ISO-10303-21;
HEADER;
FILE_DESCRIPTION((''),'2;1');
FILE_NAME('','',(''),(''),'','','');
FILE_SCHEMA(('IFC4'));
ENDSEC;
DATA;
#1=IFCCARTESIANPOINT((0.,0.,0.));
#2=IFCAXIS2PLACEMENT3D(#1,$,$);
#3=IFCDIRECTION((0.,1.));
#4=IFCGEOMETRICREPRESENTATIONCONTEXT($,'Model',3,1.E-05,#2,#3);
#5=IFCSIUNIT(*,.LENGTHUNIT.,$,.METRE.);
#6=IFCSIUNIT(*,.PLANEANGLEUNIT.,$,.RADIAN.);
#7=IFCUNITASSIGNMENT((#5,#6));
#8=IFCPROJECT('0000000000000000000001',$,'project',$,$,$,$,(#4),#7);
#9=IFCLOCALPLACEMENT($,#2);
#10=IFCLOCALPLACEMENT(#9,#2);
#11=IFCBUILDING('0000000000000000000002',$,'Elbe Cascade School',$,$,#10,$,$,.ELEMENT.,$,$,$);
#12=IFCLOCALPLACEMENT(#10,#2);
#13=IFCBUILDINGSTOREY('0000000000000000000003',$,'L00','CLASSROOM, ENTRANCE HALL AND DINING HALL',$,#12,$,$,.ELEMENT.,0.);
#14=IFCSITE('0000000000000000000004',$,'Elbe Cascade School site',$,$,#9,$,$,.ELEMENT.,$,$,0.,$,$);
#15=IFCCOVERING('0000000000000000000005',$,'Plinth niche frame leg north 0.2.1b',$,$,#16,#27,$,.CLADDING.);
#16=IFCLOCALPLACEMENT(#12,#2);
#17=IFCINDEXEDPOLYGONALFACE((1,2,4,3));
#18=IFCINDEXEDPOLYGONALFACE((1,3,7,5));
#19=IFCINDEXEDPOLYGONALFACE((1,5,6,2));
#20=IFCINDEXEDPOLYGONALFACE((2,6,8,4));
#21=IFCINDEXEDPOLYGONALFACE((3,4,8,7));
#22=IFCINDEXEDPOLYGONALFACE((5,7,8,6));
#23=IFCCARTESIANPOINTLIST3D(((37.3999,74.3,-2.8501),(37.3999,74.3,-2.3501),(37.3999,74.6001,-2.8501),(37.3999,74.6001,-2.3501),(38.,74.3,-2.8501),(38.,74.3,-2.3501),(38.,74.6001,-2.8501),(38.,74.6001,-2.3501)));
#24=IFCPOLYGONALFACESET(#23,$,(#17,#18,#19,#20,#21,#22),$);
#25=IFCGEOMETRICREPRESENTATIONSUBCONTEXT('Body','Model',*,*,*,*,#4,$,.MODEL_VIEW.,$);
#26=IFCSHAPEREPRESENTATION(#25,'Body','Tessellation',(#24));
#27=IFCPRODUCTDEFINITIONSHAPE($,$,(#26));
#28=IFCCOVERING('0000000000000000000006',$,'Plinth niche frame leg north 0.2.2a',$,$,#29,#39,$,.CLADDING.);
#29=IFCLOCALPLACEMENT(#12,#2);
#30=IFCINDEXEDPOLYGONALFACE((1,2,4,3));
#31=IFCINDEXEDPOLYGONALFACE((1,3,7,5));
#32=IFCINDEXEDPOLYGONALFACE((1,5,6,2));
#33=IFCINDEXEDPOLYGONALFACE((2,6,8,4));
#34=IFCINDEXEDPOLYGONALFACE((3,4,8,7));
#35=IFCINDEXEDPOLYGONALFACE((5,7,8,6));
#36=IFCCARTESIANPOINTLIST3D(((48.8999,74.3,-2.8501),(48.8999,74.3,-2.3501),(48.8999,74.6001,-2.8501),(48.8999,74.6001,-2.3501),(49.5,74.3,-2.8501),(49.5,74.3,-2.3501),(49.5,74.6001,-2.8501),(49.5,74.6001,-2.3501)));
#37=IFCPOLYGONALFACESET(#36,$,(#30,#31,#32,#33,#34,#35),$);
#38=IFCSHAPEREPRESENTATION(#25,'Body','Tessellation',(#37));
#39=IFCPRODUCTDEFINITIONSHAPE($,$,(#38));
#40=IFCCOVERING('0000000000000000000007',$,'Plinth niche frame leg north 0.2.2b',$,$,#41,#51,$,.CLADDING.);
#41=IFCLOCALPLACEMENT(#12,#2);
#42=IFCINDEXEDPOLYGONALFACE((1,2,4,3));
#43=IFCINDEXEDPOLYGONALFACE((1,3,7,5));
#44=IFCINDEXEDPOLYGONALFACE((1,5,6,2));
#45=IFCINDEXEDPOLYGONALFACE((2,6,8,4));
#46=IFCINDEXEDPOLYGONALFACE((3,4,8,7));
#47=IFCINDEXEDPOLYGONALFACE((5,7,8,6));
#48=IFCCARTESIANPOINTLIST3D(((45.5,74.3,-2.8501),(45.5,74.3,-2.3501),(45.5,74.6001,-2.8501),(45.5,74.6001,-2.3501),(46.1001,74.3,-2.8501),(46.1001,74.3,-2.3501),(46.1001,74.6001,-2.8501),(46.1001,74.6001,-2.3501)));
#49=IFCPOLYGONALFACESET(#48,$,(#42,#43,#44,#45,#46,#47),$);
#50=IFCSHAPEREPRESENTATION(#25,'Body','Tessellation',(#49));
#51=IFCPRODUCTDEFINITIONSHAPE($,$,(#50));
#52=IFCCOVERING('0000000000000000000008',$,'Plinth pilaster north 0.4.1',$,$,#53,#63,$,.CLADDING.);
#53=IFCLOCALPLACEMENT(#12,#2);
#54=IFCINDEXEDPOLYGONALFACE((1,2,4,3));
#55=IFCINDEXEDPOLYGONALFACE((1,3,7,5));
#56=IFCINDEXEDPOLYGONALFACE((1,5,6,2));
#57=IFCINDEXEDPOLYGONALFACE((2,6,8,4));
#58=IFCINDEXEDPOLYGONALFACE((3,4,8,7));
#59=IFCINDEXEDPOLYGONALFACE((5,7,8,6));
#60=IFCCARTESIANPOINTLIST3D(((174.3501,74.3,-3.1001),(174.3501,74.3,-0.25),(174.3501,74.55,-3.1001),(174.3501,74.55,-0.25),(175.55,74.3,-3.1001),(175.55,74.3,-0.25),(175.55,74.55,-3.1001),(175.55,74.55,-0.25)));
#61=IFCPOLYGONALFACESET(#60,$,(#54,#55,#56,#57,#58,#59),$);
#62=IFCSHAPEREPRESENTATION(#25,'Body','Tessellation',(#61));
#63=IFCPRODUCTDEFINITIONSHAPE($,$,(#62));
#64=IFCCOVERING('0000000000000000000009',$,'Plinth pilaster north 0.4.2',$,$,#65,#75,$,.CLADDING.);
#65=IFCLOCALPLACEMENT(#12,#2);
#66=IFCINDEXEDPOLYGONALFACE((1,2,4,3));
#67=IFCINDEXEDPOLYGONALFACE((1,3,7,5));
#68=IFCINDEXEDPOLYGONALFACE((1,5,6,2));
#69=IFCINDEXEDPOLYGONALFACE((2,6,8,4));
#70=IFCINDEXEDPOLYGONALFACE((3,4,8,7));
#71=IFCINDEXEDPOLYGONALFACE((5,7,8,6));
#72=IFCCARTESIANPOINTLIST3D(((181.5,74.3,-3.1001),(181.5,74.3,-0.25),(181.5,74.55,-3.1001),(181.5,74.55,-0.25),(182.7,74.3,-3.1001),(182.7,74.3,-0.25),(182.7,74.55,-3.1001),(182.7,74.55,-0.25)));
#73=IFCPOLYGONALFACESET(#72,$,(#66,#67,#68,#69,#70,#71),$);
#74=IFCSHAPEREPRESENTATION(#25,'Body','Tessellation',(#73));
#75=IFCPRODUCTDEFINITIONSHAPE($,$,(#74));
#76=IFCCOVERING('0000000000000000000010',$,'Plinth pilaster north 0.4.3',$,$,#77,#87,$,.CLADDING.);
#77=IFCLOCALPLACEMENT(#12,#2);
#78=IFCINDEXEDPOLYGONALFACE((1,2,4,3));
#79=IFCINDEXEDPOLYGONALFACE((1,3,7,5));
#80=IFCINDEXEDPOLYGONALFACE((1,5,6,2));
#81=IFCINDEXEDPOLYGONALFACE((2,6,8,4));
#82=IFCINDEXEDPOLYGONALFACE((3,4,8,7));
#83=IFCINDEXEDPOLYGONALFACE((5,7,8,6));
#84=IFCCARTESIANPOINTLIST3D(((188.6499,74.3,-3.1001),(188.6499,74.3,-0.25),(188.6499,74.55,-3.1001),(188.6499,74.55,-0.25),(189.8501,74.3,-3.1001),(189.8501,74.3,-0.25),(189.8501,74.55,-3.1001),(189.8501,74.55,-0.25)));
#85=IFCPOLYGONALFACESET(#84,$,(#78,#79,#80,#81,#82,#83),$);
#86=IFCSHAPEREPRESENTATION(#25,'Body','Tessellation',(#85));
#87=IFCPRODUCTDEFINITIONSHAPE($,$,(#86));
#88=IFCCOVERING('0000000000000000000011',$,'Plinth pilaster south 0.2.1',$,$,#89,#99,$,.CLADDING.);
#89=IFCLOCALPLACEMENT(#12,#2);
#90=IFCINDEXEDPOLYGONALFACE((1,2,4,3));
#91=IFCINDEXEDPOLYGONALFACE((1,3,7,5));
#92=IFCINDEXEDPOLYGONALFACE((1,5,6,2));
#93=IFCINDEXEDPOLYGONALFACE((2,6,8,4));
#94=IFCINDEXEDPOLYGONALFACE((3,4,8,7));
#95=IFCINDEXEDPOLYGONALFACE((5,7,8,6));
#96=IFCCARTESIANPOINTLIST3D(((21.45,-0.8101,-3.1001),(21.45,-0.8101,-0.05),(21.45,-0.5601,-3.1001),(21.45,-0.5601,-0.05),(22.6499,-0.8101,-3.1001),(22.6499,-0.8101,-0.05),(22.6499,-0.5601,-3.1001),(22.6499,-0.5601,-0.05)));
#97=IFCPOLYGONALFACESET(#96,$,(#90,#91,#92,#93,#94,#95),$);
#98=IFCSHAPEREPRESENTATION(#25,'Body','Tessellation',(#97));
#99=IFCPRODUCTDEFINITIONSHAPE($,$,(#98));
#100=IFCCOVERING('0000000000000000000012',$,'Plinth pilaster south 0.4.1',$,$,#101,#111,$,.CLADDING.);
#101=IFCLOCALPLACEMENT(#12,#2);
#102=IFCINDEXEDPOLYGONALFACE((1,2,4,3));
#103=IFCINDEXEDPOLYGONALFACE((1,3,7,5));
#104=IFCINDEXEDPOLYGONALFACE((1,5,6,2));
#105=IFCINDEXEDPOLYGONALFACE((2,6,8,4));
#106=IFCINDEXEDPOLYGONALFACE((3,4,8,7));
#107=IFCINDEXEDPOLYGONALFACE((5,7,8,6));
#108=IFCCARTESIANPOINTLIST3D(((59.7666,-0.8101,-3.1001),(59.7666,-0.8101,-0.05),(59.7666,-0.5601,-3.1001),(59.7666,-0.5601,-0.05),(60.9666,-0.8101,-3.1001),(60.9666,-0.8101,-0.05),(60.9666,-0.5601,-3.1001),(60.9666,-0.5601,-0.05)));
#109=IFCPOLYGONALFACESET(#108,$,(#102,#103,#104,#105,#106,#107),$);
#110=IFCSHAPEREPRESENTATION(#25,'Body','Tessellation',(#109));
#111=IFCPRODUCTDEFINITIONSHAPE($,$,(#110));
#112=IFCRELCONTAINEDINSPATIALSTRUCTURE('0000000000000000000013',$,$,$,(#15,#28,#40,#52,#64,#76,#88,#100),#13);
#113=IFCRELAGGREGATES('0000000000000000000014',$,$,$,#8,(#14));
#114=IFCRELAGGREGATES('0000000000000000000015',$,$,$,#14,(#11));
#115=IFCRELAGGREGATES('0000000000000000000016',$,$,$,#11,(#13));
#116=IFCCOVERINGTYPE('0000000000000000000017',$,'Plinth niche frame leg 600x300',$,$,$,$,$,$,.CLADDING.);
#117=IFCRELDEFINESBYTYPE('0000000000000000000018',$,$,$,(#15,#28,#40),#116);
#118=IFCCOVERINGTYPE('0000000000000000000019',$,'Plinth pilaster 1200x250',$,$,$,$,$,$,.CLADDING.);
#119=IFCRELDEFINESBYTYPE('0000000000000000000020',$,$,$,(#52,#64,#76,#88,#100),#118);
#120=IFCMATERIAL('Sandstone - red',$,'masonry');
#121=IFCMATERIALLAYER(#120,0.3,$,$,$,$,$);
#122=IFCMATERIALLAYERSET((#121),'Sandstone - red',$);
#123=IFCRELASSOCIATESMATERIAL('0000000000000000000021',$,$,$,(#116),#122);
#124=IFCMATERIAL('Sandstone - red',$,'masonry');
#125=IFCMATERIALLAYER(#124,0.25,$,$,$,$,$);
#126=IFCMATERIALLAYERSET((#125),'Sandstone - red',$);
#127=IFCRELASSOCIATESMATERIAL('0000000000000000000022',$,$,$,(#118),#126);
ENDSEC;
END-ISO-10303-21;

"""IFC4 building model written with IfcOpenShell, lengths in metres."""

from ifc_helpers import new_model, si_unit, direction, frame, origin, place, context, subcontext, project, spatial, polyline, outline, extrude, material, layer, layer_set, type_object, element, save


model = new_model("IFC4")

# Units and contexts
model_context = context("Model", 3, precision=1e-05, world=origin(), true_north=direction((0.0, 1.0)))
body_context = subcontext(model_context, "Body", "Model", "MODEL_VIEW")
ifc_project = project(units=[si_unit("LENGTHUNIT", "METRE"), si_unit("PLANEANGLEUNIT", "RADIAN")], contexts=[model_context])

# Site, building, storey
site_placement = place(None, origin())
site = spatial("IfcSite", under=ifc_project, at=site_placement, Name="Elbe Cascade School site", CompositionType="ELEMENT", RefElevation=0.0)
building_placement = place(site_placement, origin())
building = spatial("IfcBuilding", under=site, at=building_placement, Name="Elbe Cascade School", CompositionType="ELEMENT")
storey_placement = place(building_placement, origin())
storey = spatial("IfcBuildingStorey", under=building, at=storey_placement, Name="L00", Description="CLASSROOM, ENTRANCE HALL AND DINING HALL", CompositionType="ELEMENT", Elevation=0.0)

# Coverings
ifc_material_1 = material(Name="Sandstone - red", Category="masonry")
ifc_layer_1 = layer(ifc_material_1, 0.3)
ifc_layer_set_1 = layer_set([ifc_layer_1], Name="Sandstone - red")
covering_type_1 = type_object("IfcCoveringType", Name="Plinth niche frame leg 600x300", PredefinedType="CLADDING", material=ifc_layer_set_1)
covering_1_placement = place(storey_placement, frame((0.0, 0.0, -2.8501)))
element("IfcCovering", 1, at=covering_1_placement, inside=storey, type_object=covering_type_1, Name="Plinth niche frame leg north 0.2.1b", PredefinedType="CLADDING", context=body_context, shape_type="SweptSolid", body=[
    extrude(outline(polyline([(37.3999, 74.3), (38.0, 74.3), (38.0, 74.6001), (37.3999, 74.6001), (37.3999, 74.3)])), origin(), (0.0, 0.0, 1.0), 0.5),
])
covering_2_placement = place(storey_placement, frame((0.0, 0.0, -2.8501)))
element("IfcCovering", 2, at=covering_2_placement, inside=storey, type_object=covering_type_1, Name="Plinth niche frame leg north 0.2.2a", PredefinedType="CLADDING", context=body_context, shape_type="SweptSolid", body=[
    extrude(outline(polyline([(48.8999, 74.3), (49.5, 74.3), (49.5, 74.6001), (48.8999, 74.6001), (48.8999, 74.3)])), origin(), (0.0, 0.0, 1.0), 0.5),
])
covering_3_placement = place(storey_placement, frame((0.0, 0.0, -2.8501)))
element("IfcCovering", 3, at=covering_3_placement, inside=storey, type_object=covering_type_1, Name="Plinth niche frame leg north 0.2.2b", PredefinedType="CLADDING", context=body_context, shape_type="SweptSolid", body=[
    extrude(outline(polyline([(45.5, 74.3), (46.1001, 74.3), (46.1001, 74.6001), (45.5, 74.6001), (45.5, 74.3)])), origin(), (0.0, 0.0, 1.0), 0.5),
])
ifc_material_2 = material(Name="Sandstone - red", Category="masonry")
ifc_layer_2 = layer(ifc_material_2, 0.25)
ifc_layer_set_2 = layer_set([ifc_layer_2], Name="Sandstone - red")
covering_type_2 = type_object("IfcCoveringType", Name="Plinth pilaster 1200x250", PredefinedType="CLADDING", material=ifc_layer_set_2)
covering_4_placement = place(storey_placement, frame((0.0, 0.0, -3.1001)))
element("IfcCovering", 4, at=covering_4_placement, inside=storey, type_object=covering_type_2, Name="Plinth pilaster north 0.4.1", PredefinedType="CLADDING", context=body_context, shape_type="SweptSolid", body=[
    extrude(outline(polyline([(174.3501, 74.3), (175.55, 74.3), (175.55, 74.55), (174.3501, 74.55), (174.3501, 74.3)])), origin(), (0.0, 0.0, 1.0), 2.8501),
])
covering_5_placement = place(storey_placement, frame((0.0, 0.0, -3.1001)))
element("IfcCovering", 5, at=covering_5_placement, inside=storey, type_object=covering_type_2, Name="Plinth pilaster north 0.4.2", PredefinedType="CLADDING", context=body_context, shape_type="SweptSolid", body=[
    extrude(outline(polyline([(181.5, 74.3), (182.7, 74.3), (182.7, 74.55), (181.5, 74.55), (181.5, 74.3)])), origin(), (0.0, 0.0, 1.0), 2.8501),
])
covering_6_placement = place(storey_placement, frame((0.0, 0.0, -3.1001)))
element("IfcCovering", 6, at=covering_6_placement, inside=storey, type_object=covering_type_2, Name="Plinth pilaster north 0.4.3", PredefinedType="CLADDING", context=body_context, shape_type="SweptSolid", body=[
    extrude(outline(polyline([(188.6499, 74.3), (189.8501, 74.3), (189.8501, 74.55), (188.6499, 74.55), (188.6499, 74.3)])), origin(), (0.0, 0.0, 1.0), 2.8501),
])
covering_7_placement = place(storey_placement, frame((0.0, 0.0, -3.1001)))
element("IfcCovering", 7, at=covering_7_placement, inside=storey, type_object=covering_type_2, Name="Plinth pilaster south 0.2.1", PredefinedType="CLADDING", context=body_context, shape_type="SweptSolid", body=[
    extrude(outline(polyline([(21.45, -0.8101), (22.6499, -0.8101), (22.6499, -0.5601), (21.45, -0.5601), (21.45, -0.8101)])), origin(), (0.0, 0.0, 1.0), 3.05),
])
covering_8_placement = place(storey_placement, frame((0.0, 0.0, -3.1001)))
element("IfcCovering", 8, at=covering_8_placement, inside=storey, type_object=covering_type_2, Name="Plinth pilaster south 0.4.1", PredefinedType="CLADDING", context=body_context, shape_type="SweptSolid", body=[
    extrude(outline(polyline([(59.7666, -0.8101), (60.9666, -0.8101), (60.9666, -0.5601), (59.7666, -0.5601), (59.7666, -0.8101)])), origin(), (0.0, 0.0, 1.0), 3.05),
])

save(model, "model.ifc")
